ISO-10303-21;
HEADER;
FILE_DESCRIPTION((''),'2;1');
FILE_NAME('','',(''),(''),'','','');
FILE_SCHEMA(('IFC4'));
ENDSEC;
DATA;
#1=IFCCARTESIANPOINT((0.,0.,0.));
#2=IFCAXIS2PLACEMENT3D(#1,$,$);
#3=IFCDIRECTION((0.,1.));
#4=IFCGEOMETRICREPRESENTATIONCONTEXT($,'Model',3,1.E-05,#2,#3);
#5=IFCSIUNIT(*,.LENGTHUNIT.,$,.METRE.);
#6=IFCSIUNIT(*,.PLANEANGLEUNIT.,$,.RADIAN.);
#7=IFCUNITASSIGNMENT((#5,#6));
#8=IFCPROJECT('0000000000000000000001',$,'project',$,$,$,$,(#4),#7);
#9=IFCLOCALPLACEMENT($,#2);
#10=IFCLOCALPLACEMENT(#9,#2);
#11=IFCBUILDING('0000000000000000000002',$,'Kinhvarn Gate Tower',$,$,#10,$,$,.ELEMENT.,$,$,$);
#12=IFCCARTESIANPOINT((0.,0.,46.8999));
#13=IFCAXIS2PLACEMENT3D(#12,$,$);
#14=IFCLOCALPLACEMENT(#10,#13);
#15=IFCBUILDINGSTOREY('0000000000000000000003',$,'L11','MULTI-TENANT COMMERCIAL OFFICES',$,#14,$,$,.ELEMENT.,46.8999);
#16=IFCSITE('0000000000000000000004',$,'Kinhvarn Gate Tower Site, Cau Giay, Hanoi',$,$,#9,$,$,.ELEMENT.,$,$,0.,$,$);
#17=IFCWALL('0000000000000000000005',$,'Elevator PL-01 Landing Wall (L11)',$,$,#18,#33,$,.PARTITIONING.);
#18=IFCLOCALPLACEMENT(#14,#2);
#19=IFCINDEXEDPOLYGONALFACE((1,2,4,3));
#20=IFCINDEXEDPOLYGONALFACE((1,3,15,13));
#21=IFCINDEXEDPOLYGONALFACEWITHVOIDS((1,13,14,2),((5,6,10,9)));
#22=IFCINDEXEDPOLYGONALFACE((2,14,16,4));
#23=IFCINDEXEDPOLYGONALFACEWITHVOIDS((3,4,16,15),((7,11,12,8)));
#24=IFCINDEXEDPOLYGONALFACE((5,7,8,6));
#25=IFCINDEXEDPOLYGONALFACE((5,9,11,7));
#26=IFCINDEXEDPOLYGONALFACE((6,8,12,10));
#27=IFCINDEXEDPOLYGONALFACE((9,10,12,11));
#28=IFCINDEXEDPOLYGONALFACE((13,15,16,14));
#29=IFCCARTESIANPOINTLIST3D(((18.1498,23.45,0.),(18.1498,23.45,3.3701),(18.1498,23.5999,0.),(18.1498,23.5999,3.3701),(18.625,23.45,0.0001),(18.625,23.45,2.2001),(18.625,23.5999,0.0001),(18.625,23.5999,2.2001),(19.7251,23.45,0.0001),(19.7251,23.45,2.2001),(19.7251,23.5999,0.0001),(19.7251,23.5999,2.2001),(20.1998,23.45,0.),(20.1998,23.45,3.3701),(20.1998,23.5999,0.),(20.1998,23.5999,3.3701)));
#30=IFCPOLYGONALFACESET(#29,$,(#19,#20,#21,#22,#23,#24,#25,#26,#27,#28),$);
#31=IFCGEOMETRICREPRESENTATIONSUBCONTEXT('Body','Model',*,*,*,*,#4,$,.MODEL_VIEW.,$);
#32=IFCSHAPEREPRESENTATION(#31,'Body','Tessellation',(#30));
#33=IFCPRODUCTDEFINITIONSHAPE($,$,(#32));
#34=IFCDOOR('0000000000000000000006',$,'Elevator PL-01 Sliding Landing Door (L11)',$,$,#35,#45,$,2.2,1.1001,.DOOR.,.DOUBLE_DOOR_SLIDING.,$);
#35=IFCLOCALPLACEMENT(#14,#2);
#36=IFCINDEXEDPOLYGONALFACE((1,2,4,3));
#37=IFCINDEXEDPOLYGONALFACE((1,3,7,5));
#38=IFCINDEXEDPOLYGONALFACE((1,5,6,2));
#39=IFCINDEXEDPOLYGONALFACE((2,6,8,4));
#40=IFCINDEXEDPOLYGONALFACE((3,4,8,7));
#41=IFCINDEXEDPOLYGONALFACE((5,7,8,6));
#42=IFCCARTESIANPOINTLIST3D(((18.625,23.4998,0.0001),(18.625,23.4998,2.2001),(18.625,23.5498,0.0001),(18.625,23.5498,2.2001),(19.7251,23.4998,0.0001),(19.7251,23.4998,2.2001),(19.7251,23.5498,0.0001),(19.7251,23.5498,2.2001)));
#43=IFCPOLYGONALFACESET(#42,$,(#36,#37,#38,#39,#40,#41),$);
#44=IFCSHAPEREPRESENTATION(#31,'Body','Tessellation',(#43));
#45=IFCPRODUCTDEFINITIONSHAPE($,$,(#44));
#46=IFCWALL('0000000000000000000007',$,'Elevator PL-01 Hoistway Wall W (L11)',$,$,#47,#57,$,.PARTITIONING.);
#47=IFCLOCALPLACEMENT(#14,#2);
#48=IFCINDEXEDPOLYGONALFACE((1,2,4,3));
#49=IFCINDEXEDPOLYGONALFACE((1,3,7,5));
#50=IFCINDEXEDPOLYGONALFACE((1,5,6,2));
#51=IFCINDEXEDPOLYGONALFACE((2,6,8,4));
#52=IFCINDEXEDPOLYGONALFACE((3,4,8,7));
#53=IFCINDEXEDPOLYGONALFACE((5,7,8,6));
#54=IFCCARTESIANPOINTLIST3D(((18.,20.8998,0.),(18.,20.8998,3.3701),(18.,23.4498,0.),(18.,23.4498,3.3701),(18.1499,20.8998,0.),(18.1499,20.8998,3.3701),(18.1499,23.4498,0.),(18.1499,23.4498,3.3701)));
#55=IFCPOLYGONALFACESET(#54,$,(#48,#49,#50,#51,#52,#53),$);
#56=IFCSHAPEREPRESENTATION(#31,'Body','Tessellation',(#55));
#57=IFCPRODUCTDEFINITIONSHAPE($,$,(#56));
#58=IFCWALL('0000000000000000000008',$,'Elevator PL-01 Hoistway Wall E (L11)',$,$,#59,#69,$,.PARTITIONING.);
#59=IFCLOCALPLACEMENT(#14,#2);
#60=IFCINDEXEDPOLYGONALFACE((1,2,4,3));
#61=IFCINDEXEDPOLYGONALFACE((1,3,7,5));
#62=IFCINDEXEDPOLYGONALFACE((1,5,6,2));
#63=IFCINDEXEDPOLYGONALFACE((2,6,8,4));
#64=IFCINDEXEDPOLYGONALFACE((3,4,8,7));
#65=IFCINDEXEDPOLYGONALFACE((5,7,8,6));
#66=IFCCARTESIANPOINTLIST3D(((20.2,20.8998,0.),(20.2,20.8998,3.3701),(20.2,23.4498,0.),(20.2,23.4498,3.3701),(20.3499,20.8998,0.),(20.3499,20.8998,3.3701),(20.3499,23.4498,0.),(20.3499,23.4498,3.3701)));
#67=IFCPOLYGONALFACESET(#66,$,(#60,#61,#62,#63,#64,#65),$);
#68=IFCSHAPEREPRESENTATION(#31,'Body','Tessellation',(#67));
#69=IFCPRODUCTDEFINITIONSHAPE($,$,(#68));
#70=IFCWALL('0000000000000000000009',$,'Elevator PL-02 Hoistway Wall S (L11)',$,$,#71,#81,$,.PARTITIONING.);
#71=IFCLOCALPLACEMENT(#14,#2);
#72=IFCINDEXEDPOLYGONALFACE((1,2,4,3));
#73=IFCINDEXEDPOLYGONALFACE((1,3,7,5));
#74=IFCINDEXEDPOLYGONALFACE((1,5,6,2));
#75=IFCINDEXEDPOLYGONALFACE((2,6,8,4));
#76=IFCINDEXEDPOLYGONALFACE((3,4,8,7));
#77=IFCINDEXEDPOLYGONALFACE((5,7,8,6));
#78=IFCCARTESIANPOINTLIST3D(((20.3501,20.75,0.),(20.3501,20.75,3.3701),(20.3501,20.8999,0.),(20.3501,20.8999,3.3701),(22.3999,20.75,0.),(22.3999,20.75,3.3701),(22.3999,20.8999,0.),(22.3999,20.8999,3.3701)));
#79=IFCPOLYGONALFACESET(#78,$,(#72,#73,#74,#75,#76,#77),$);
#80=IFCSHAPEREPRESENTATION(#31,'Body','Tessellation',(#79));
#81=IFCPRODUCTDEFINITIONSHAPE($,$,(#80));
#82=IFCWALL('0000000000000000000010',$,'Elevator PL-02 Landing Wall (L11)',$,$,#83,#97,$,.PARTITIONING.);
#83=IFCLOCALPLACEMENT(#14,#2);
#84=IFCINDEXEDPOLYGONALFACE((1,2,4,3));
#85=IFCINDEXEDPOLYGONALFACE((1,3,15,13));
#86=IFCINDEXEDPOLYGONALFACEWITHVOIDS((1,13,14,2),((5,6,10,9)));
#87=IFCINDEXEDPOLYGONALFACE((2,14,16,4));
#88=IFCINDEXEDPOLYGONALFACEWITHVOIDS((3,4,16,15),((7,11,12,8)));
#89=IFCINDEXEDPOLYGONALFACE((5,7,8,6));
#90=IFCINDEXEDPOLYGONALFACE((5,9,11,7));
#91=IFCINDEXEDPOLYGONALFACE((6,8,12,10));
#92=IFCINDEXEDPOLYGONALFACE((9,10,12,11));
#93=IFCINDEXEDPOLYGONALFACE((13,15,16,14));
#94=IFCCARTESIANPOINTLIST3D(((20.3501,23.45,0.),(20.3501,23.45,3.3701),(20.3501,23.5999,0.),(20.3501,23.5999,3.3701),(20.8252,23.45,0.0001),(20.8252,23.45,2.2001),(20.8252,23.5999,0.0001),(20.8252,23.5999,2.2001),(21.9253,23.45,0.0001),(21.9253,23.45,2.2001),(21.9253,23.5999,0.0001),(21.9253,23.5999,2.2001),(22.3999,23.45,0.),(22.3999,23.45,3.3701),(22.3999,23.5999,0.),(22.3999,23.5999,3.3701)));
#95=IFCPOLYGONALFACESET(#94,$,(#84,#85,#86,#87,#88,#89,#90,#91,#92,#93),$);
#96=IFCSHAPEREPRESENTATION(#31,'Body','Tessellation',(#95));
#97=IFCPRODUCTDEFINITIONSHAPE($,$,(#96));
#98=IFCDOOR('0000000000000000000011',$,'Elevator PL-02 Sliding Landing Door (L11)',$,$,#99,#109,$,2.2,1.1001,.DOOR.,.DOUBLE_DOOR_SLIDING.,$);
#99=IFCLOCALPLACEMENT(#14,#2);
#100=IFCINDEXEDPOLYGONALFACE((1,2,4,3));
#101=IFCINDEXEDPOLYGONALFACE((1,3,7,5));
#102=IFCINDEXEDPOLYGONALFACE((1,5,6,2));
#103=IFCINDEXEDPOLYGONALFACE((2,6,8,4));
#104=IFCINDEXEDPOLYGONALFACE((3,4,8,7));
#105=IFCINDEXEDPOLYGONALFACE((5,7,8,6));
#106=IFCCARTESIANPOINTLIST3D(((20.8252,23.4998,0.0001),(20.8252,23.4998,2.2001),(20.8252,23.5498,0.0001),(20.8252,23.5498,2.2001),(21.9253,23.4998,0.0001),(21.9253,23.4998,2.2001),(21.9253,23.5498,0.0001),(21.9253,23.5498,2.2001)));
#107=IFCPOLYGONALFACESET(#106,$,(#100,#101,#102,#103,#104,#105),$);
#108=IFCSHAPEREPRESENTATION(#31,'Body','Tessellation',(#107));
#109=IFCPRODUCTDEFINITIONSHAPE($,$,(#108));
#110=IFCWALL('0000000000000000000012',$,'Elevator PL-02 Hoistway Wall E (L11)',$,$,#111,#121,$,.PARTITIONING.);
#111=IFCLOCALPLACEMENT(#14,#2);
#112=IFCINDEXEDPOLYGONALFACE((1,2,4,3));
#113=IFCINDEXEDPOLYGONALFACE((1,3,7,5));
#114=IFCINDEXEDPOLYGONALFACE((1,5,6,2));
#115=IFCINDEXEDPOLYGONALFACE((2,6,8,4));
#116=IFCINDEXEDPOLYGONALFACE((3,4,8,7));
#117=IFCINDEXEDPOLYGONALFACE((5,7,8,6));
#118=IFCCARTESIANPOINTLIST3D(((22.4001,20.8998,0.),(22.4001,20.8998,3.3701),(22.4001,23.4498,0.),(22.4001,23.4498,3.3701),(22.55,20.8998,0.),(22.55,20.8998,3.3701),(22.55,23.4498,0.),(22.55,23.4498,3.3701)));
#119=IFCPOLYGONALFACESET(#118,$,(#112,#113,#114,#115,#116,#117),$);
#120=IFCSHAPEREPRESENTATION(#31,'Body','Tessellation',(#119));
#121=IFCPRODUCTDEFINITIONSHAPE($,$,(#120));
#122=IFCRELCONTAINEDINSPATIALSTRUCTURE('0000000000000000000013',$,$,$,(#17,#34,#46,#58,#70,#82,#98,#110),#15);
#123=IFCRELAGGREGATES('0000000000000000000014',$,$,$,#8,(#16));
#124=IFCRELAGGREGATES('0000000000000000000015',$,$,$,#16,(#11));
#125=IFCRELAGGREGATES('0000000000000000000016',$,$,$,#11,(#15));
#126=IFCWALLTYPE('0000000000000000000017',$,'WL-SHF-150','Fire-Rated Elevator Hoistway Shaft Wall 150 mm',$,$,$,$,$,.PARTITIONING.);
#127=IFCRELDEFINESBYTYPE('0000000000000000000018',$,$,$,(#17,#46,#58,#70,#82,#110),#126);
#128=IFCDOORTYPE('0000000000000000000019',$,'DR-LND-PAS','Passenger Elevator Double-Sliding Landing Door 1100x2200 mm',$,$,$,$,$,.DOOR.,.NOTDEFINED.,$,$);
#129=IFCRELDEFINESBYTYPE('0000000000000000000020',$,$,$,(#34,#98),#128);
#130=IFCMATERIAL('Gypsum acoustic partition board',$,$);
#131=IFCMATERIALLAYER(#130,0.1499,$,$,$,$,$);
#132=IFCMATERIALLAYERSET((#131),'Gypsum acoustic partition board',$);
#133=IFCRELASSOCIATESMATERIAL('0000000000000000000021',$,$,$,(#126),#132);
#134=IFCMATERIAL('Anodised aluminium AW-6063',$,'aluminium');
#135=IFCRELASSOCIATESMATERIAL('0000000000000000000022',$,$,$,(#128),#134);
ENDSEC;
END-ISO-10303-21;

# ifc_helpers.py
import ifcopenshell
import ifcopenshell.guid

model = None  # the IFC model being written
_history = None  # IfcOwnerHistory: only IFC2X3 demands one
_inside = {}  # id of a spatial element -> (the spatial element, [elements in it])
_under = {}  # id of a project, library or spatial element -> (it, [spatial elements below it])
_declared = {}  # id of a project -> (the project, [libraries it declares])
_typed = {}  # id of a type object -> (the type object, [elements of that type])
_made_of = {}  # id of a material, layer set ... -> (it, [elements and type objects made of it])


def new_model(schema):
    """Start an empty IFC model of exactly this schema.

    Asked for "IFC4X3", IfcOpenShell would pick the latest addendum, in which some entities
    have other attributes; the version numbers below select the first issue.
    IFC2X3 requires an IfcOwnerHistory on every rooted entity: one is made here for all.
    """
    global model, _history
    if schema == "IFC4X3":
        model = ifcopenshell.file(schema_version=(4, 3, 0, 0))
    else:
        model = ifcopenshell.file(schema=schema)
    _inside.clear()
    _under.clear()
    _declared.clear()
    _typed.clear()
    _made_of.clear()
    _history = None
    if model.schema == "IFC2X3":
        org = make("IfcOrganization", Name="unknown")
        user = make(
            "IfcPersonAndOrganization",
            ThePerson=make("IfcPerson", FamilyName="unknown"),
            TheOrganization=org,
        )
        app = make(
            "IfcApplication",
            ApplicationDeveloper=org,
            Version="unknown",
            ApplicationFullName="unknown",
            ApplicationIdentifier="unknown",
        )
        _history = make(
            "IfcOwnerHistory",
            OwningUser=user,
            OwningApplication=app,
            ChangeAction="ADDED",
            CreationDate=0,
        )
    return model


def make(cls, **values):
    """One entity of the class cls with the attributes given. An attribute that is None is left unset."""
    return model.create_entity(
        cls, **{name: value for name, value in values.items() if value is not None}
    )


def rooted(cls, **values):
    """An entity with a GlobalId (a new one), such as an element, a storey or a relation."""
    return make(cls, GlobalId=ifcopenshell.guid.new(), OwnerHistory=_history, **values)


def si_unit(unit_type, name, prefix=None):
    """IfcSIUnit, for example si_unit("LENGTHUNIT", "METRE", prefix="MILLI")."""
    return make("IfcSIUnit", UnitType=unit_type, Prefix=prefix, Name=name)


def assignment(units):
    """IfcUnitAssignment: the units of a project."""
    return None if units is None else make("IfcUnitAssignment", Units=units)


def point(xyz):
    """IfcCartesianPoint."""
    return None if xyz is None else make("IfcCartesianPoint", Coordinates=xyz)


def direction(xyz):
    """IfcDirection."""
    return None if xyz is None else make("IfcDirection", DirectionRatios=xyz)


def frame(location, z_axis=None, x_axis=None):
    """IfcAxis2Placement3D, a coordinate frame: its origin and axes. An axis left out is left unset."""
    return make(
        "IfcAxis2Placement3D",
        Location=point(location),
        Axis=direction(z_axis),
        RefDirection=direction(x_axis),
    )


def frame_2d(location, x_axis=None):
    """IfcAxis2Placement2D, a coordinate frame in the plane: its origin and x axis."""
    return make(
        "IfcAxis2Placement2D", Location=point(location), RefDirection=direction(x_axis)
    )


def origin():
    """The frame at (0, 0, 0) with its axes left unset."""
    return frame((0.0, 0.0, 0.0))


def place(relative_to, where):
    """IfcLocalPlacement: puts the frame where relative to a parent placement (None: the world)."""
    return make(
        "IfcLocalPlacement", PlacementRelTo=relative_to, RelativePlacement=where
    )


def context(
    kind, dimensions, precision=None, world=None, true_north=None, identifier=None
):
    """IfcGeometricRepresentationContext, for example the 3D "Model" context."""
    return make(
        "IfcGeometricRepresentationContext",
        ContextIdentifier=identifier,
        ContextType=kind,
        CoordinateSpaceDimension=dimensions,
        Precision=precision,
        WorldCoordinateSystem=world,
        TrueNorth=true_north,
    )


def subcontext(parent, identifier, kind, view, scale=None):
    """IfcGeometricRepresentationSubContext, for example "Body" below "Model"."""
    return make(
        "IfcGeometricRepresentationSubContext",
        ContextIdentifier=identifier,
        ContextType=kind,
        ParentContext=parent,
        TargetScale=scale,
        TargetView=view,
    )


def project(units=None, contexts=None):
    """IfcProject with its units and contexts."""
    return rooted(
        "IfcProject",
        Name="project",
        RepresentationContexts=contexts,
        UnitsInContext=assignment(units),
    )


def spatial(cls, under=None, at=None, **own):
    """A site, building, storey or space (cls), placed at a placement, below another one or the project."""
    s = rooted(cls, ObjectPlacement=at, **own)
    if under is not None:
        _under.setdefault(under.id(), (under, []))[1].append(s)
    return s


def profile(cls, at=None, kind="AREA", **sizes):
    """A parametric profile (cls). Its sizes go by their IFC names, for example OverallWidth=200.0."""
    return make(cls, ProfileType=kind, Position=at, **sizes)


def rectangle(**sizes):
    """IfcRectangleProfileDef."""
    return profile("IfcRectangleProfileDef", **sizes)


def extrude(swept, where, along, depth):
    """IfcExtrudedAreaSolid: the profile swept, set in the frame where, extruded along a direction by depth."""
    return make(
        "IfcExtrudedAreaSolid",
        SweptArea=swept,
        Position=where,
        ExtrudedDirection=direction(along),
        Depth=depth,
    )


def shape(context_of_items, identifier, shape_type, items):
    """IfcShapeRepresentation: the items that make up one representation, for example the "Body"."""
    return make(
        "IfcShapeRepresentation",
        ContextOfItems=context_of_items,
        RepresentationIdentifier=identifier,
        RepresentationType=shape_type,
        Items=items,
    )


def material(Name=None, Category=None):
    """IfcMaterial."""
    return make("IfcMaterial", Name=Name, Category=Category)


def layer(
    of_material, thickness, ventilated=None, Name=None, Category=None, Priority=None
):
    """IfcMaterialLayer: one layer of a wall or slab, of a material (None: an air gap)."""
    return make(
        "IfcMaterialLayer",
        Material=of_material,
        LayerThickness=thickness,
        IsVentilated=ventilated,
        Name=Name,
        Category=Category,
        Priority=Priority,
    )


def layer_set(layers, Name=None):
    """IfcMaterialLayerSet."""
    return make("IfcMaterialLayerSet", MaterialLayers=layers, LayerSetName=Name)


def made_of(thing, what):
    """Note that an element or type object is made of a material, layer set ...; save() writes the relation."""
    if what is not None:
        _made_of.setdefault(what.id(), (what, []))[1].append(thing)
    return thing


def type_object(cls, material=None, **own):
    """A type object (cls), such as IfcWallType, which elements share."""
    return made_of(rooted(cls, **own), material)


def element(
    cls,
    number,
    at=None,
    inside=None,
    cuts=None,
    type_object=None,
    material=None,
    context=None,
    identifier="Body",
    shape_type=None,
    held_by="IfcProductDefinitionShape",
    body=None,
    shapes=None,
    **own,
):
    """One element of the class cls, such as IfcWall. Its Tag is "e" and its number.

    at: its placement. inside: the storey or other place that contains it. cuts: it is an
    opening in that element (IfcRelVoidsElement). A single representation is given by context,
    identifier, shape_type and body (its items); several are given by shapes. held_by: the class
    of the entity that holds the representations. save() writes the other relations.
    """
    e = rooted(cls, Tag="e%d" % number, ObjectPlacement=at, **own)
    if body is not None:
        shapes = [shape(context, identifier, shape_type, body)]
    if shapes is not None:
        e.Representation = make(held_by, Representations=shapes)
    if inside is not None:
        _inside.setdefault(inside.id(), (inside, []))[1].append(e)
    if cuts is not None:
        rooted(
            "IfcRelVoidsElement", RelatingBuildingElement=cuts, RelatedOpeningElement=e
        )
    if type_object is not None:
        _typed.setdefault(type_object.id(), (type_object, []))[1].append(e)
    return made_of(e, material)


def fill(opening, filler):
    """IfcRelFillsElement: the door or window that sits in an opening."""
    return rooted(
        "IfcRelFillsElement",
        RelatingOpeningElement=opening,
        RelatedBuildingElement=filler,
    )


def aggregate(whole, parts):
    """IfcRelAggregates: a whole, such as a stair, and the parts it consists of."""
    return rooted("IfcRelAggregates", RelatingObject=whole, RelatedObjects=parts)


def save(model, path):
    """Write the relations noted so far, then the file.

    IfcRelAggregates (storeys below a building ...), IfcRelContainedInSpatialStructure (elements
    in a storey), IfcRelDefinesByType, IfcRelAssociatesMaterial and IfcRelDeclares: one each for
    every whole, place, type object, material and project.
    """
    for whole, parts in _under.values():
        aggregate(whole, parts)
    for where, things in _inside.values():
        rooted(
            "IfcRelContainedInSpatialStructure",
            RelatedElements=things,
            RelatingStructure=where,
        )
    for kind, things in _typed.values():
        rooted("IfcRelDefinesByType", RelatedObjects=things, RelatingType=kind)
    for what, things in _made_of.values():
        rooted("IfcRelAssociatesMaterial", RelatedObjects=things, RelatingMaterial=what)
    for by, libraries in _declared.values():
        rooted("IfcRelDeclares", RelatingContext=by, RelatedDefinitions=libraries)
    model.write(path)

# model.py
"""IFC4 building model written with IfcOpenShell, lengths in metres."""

from ifc_helpers import new_model, si_unit, direction, frame, frame_2d, origin, place, context, subcontext, project, spatial, rectangle, extrude, material, layer, layer_set, type_object, element, fill, save


model = new_model("IFC4")

# Units and contexts
model_context = context("Model", 3, precision=1e-05, world=origin(), true_north=direction((0.0, 1.0)))
body_context = subcontext(model_context, "Body", "Model", "MODEL_VIEW")
ifc_project = project(units=[si_unit("LENGTHUNIT", "METRE"), si_unit("PLANEANGLEUNIT", "RADIAN")], contexts=[model_context])

# Site, building, storey
site_placement = place(None, origin())
site = spatial("IfcSite", under=ifc_project, at=site_placement, Name="Kinhvarn Gate Tower Site, Cau Giay, Hanoi", CompositionType="ELEMENT", RefElevation=0.0)
building_placement = place(site_placement, origin())
building = spatial("IfcBuilding", under=site, at=building_placement, Name="Kinhvarn Gate Tower", CompositionType="ELEMENT")
storey_placement = place(building_placement, frame((0.0, 0.0, 46.8999)))
storey = spatial("IfcBuildingStorey", under=building, at=storey_placement, Name="L11", Description="MULTI-TENANT COMMERCIAL OFFICES", CompositionType="ELEMENT", Elevation=46.8999)

# Shared definitions
ifc_material_1 = material(Name="Gypsum acoustic partition board")
ifc_material_2 = material(Name="Anodised aluminium AW-6063", Category="aluminium")

# Shared definitions
ifc_layer_1 = layer(ifc_material_1, 0.1499)
ifc_layer_set_1 = layer_set([ifc_layer_1], Name="Gypsum acoustic partition board")
wall_type_1 = type_object("IfcWallType", Name="WL-SHF-150", Description="Fire-Rated Elevator Hoistway Shaft Wall 150 mm", PredefinedType="PARTITIONING", material=ifc_layer_set_1)

# Wall, opening, door
wall_1_placement = place(storey_placement, frame((18.1499, 23.5249, 0.0), z_axis=(0.0, 0.0, 1.0), x_axis=(1.0, 0.0, 0.0)))
wall_1 = element("IfcWall", 1, at=wall_1_placement, inside=storey, type_object=wall_type_1, Name="Elevator PL-01 Landing Wall (L11)", PredefinedType="PARTITIONING", context=body_context, shape_type="SweptSolid", body=[
    extrude(rectangle(XDim=2.05, YDim=0.1499, at=frame_2d((1.0249, 0.0))), origin(), (0.0, 0.0, 1.0), 3.3701),
])
opening_1_placement = place(wall_1_placement, frame((0.4751, 0.0, 0.0)))
opening_1 = element("IfcOpeningElement", 2, at=opening_1_placement, cuts=wall_1, PredefinedType="OPENING", context=body_context, shape_type="SweptSolid", body=[
    extrude(rectangle(XDim=1.1001, YDim=2.2, at=frame_2d((0.55, 1.1001))), frame((0.0, 0.085, 0.0), z_axis=(0.0, -1.0, 0.0), x_axis=(1.0, 0.0, 0.0)), (0.0, 0.0, 1.0), 0.1699),
])
door_type_1 = type_object("IfcDoorType", Name="DR-LND-PAS", Description="Passenger Elevator Double-Sliding Landing Door 1100x2200 mm", OperationType="NOTDEFINED", PredefinedType="DOOR", material=ifc_material_2)
door_1_placement = place(opening_1_placement, origin())
door_1 = element("IfcDoor", 3, at=door_1_placement, inside=storey, type_object=door_type_1, Name="Elevator PL-01 Sliding Landing Door (L11)", OperationType="DOUBLE_DOOR_SLIDING", OverallHeight=2.2, OverallWidth=1.1001, PredefinedType="DOOR", context=body_context, shape_type="SweptSolid", body=[
    extrude(rectangle(XDim=1.1001, YDim=2.2, at=frame_2d((0.55, 1.1001))), frame((0.0, 0.0249, 0.0), z_axis=(0.0, -1.0, 0.0), x_axis=(1.0, 0.0, 0.0)), (0.0, 0.0, 1.0), 0.05),
])
fill(opening_1, door_1)

# Walls
for number, where, z_axis, x_axis, name in (
    (4, (18.075, 20.8999, 0.0), (0.0, 0.0, 1.0), (0.0, 1.0, 0.0), "Elevator PL-01 Hoistway Wall W (L11)"),
    (5, (20.2749, 20.8999, 0.0), (0.0, 0.0, 1.0), (0.0, 1.0, 0.0), "Elevator PL-01 Hoistway Wall E (L11)"),
):
    element("IfcWall", number, at=place(storey_placement, frame(where, z_axis=z_axis, x_axis=x_axis)), inside=storey, type_object=wall_type_1, Name=name, PredefinedType="PARTITIONING", context=body_context, shape_type="SweptSolid", body=[
        extrude(rectangle(XDim=2.55, YDim=0.1499, at=frame_2d((1.2749, 0.0))), origin(), (0.0, 0.0, 1.0), 3.3701),
    ])
wall_2_placement = place(storey_placement, frame((20.3501, 20.825, 0.0), z_axis=(0.0, 0.0, 1.0), x_axis=(1.0, 0.0, 0.0)))
element("IfcWall", 6, at=wall_2_placement, inside=storey, type_object=wall_type_1, Name="Elevator PL-02 Hoistway Wall S (L11)", PredefinedType="PARTITIONING", context=body_context, shape_type="SweptSolid", body=[
    extrude(rectangle(XDim=2.0498, YDim=0.1499, at=frame_2d((1.0249, 0.0))), origin(), (0.0, 0.0, 1.0), 3.3701),
])

# Wall, opening, door
wall_3_placement = place(storey_placement, frame((20.3501, 23.5249, 0.0), z_axis=(0.0, 0.0, 1.0), x_axis=(1.0, 0.0, 0.0)))
wall_3 = element("IfcWall", 7, at=wall_3_placement, inside=storey, type_object=wall_type_1, Name="Elevator PL-02 Landing Wall (L11)", PredefinedType="PARTITIONING", context=body_context, shape_type="SweptSolid", body=[
    extrude(rectangle(XDim=2.0498, YDim=0.1499, at=frame_2d((1.0249, 0.0))), origin(), (0.0, 0.0, 1.0), 3.3701),
])
opening_2_placement = place(wall_3_placement, frame((0.4751, 0.0, 0.0)))
opening_2 = element("IfcOpeningElement", 8, at=opening_2_placement, cuts=wall_3, PredefinedType="OPENING", context=body_context, shape_type="SweptSolid", body=[
    extrude(rectangle(XDim=1.1001, YDim=2.2, at=frame_2d((0.55, 1.1001))), frame((0.0, 0.085, 0.0), z_axis=(0.0, -1.0, 0.0), x_axis=(1.0, 0.0, 0.0)), (0.0, 0.0, 1.0), 0.1699),
])
door_2_placement = place(opening_2_placement, origin())
door_2 = element("IfcDoor", 9, at=door_2_placement, inside=storey, type_object=door_type_1, Name="Elevator PL-02 Sliding Landing Door (L11)", OperationType="DOUBLE_DOOR_SLIDING", OverallHeight=2.2, OverallWidth=1.1001, PredefinedType="DOOR", context=body_context, shape_type="SweptSolid", body=[
    extrude(rectangle(XDim=1.1001, YDim=2.2, at=frame_2d((0.55, 1.1001))), frame((0.0, 0.0249, 0.0), z_axis=(0.0, -1.0, 0.0), x_axis=(1.0, 0.0, 0.0)), (0.0, 0.0, 1.0), 0.05),
])
fill(opening_2, door_2)

# Wall
wall_4_placement = place(storey_placement, frame((22.4751, 20.8999, 0.0), z_axis=(0.0, 0.0, 1.0), x_axis=(0.0, 1.0, 0.0)))
element("IfcWall", 10, at=wall_4_placement, inside=storey, type_object=wall_type_1, Name="Elevator PL-02 Hoistway Wall E (L11)", PredefinedType="PARTITIONING", context=body_context, shape_type="SweptSolid", body=[
    extrude(rectangle(XDim=2.55, YDim=0.1499, at=frame_2d((1.2749, 0.0))), origin(), (0.0, 0.0, 1.0), 3.3701),
])

save(model, "model.ifc")
